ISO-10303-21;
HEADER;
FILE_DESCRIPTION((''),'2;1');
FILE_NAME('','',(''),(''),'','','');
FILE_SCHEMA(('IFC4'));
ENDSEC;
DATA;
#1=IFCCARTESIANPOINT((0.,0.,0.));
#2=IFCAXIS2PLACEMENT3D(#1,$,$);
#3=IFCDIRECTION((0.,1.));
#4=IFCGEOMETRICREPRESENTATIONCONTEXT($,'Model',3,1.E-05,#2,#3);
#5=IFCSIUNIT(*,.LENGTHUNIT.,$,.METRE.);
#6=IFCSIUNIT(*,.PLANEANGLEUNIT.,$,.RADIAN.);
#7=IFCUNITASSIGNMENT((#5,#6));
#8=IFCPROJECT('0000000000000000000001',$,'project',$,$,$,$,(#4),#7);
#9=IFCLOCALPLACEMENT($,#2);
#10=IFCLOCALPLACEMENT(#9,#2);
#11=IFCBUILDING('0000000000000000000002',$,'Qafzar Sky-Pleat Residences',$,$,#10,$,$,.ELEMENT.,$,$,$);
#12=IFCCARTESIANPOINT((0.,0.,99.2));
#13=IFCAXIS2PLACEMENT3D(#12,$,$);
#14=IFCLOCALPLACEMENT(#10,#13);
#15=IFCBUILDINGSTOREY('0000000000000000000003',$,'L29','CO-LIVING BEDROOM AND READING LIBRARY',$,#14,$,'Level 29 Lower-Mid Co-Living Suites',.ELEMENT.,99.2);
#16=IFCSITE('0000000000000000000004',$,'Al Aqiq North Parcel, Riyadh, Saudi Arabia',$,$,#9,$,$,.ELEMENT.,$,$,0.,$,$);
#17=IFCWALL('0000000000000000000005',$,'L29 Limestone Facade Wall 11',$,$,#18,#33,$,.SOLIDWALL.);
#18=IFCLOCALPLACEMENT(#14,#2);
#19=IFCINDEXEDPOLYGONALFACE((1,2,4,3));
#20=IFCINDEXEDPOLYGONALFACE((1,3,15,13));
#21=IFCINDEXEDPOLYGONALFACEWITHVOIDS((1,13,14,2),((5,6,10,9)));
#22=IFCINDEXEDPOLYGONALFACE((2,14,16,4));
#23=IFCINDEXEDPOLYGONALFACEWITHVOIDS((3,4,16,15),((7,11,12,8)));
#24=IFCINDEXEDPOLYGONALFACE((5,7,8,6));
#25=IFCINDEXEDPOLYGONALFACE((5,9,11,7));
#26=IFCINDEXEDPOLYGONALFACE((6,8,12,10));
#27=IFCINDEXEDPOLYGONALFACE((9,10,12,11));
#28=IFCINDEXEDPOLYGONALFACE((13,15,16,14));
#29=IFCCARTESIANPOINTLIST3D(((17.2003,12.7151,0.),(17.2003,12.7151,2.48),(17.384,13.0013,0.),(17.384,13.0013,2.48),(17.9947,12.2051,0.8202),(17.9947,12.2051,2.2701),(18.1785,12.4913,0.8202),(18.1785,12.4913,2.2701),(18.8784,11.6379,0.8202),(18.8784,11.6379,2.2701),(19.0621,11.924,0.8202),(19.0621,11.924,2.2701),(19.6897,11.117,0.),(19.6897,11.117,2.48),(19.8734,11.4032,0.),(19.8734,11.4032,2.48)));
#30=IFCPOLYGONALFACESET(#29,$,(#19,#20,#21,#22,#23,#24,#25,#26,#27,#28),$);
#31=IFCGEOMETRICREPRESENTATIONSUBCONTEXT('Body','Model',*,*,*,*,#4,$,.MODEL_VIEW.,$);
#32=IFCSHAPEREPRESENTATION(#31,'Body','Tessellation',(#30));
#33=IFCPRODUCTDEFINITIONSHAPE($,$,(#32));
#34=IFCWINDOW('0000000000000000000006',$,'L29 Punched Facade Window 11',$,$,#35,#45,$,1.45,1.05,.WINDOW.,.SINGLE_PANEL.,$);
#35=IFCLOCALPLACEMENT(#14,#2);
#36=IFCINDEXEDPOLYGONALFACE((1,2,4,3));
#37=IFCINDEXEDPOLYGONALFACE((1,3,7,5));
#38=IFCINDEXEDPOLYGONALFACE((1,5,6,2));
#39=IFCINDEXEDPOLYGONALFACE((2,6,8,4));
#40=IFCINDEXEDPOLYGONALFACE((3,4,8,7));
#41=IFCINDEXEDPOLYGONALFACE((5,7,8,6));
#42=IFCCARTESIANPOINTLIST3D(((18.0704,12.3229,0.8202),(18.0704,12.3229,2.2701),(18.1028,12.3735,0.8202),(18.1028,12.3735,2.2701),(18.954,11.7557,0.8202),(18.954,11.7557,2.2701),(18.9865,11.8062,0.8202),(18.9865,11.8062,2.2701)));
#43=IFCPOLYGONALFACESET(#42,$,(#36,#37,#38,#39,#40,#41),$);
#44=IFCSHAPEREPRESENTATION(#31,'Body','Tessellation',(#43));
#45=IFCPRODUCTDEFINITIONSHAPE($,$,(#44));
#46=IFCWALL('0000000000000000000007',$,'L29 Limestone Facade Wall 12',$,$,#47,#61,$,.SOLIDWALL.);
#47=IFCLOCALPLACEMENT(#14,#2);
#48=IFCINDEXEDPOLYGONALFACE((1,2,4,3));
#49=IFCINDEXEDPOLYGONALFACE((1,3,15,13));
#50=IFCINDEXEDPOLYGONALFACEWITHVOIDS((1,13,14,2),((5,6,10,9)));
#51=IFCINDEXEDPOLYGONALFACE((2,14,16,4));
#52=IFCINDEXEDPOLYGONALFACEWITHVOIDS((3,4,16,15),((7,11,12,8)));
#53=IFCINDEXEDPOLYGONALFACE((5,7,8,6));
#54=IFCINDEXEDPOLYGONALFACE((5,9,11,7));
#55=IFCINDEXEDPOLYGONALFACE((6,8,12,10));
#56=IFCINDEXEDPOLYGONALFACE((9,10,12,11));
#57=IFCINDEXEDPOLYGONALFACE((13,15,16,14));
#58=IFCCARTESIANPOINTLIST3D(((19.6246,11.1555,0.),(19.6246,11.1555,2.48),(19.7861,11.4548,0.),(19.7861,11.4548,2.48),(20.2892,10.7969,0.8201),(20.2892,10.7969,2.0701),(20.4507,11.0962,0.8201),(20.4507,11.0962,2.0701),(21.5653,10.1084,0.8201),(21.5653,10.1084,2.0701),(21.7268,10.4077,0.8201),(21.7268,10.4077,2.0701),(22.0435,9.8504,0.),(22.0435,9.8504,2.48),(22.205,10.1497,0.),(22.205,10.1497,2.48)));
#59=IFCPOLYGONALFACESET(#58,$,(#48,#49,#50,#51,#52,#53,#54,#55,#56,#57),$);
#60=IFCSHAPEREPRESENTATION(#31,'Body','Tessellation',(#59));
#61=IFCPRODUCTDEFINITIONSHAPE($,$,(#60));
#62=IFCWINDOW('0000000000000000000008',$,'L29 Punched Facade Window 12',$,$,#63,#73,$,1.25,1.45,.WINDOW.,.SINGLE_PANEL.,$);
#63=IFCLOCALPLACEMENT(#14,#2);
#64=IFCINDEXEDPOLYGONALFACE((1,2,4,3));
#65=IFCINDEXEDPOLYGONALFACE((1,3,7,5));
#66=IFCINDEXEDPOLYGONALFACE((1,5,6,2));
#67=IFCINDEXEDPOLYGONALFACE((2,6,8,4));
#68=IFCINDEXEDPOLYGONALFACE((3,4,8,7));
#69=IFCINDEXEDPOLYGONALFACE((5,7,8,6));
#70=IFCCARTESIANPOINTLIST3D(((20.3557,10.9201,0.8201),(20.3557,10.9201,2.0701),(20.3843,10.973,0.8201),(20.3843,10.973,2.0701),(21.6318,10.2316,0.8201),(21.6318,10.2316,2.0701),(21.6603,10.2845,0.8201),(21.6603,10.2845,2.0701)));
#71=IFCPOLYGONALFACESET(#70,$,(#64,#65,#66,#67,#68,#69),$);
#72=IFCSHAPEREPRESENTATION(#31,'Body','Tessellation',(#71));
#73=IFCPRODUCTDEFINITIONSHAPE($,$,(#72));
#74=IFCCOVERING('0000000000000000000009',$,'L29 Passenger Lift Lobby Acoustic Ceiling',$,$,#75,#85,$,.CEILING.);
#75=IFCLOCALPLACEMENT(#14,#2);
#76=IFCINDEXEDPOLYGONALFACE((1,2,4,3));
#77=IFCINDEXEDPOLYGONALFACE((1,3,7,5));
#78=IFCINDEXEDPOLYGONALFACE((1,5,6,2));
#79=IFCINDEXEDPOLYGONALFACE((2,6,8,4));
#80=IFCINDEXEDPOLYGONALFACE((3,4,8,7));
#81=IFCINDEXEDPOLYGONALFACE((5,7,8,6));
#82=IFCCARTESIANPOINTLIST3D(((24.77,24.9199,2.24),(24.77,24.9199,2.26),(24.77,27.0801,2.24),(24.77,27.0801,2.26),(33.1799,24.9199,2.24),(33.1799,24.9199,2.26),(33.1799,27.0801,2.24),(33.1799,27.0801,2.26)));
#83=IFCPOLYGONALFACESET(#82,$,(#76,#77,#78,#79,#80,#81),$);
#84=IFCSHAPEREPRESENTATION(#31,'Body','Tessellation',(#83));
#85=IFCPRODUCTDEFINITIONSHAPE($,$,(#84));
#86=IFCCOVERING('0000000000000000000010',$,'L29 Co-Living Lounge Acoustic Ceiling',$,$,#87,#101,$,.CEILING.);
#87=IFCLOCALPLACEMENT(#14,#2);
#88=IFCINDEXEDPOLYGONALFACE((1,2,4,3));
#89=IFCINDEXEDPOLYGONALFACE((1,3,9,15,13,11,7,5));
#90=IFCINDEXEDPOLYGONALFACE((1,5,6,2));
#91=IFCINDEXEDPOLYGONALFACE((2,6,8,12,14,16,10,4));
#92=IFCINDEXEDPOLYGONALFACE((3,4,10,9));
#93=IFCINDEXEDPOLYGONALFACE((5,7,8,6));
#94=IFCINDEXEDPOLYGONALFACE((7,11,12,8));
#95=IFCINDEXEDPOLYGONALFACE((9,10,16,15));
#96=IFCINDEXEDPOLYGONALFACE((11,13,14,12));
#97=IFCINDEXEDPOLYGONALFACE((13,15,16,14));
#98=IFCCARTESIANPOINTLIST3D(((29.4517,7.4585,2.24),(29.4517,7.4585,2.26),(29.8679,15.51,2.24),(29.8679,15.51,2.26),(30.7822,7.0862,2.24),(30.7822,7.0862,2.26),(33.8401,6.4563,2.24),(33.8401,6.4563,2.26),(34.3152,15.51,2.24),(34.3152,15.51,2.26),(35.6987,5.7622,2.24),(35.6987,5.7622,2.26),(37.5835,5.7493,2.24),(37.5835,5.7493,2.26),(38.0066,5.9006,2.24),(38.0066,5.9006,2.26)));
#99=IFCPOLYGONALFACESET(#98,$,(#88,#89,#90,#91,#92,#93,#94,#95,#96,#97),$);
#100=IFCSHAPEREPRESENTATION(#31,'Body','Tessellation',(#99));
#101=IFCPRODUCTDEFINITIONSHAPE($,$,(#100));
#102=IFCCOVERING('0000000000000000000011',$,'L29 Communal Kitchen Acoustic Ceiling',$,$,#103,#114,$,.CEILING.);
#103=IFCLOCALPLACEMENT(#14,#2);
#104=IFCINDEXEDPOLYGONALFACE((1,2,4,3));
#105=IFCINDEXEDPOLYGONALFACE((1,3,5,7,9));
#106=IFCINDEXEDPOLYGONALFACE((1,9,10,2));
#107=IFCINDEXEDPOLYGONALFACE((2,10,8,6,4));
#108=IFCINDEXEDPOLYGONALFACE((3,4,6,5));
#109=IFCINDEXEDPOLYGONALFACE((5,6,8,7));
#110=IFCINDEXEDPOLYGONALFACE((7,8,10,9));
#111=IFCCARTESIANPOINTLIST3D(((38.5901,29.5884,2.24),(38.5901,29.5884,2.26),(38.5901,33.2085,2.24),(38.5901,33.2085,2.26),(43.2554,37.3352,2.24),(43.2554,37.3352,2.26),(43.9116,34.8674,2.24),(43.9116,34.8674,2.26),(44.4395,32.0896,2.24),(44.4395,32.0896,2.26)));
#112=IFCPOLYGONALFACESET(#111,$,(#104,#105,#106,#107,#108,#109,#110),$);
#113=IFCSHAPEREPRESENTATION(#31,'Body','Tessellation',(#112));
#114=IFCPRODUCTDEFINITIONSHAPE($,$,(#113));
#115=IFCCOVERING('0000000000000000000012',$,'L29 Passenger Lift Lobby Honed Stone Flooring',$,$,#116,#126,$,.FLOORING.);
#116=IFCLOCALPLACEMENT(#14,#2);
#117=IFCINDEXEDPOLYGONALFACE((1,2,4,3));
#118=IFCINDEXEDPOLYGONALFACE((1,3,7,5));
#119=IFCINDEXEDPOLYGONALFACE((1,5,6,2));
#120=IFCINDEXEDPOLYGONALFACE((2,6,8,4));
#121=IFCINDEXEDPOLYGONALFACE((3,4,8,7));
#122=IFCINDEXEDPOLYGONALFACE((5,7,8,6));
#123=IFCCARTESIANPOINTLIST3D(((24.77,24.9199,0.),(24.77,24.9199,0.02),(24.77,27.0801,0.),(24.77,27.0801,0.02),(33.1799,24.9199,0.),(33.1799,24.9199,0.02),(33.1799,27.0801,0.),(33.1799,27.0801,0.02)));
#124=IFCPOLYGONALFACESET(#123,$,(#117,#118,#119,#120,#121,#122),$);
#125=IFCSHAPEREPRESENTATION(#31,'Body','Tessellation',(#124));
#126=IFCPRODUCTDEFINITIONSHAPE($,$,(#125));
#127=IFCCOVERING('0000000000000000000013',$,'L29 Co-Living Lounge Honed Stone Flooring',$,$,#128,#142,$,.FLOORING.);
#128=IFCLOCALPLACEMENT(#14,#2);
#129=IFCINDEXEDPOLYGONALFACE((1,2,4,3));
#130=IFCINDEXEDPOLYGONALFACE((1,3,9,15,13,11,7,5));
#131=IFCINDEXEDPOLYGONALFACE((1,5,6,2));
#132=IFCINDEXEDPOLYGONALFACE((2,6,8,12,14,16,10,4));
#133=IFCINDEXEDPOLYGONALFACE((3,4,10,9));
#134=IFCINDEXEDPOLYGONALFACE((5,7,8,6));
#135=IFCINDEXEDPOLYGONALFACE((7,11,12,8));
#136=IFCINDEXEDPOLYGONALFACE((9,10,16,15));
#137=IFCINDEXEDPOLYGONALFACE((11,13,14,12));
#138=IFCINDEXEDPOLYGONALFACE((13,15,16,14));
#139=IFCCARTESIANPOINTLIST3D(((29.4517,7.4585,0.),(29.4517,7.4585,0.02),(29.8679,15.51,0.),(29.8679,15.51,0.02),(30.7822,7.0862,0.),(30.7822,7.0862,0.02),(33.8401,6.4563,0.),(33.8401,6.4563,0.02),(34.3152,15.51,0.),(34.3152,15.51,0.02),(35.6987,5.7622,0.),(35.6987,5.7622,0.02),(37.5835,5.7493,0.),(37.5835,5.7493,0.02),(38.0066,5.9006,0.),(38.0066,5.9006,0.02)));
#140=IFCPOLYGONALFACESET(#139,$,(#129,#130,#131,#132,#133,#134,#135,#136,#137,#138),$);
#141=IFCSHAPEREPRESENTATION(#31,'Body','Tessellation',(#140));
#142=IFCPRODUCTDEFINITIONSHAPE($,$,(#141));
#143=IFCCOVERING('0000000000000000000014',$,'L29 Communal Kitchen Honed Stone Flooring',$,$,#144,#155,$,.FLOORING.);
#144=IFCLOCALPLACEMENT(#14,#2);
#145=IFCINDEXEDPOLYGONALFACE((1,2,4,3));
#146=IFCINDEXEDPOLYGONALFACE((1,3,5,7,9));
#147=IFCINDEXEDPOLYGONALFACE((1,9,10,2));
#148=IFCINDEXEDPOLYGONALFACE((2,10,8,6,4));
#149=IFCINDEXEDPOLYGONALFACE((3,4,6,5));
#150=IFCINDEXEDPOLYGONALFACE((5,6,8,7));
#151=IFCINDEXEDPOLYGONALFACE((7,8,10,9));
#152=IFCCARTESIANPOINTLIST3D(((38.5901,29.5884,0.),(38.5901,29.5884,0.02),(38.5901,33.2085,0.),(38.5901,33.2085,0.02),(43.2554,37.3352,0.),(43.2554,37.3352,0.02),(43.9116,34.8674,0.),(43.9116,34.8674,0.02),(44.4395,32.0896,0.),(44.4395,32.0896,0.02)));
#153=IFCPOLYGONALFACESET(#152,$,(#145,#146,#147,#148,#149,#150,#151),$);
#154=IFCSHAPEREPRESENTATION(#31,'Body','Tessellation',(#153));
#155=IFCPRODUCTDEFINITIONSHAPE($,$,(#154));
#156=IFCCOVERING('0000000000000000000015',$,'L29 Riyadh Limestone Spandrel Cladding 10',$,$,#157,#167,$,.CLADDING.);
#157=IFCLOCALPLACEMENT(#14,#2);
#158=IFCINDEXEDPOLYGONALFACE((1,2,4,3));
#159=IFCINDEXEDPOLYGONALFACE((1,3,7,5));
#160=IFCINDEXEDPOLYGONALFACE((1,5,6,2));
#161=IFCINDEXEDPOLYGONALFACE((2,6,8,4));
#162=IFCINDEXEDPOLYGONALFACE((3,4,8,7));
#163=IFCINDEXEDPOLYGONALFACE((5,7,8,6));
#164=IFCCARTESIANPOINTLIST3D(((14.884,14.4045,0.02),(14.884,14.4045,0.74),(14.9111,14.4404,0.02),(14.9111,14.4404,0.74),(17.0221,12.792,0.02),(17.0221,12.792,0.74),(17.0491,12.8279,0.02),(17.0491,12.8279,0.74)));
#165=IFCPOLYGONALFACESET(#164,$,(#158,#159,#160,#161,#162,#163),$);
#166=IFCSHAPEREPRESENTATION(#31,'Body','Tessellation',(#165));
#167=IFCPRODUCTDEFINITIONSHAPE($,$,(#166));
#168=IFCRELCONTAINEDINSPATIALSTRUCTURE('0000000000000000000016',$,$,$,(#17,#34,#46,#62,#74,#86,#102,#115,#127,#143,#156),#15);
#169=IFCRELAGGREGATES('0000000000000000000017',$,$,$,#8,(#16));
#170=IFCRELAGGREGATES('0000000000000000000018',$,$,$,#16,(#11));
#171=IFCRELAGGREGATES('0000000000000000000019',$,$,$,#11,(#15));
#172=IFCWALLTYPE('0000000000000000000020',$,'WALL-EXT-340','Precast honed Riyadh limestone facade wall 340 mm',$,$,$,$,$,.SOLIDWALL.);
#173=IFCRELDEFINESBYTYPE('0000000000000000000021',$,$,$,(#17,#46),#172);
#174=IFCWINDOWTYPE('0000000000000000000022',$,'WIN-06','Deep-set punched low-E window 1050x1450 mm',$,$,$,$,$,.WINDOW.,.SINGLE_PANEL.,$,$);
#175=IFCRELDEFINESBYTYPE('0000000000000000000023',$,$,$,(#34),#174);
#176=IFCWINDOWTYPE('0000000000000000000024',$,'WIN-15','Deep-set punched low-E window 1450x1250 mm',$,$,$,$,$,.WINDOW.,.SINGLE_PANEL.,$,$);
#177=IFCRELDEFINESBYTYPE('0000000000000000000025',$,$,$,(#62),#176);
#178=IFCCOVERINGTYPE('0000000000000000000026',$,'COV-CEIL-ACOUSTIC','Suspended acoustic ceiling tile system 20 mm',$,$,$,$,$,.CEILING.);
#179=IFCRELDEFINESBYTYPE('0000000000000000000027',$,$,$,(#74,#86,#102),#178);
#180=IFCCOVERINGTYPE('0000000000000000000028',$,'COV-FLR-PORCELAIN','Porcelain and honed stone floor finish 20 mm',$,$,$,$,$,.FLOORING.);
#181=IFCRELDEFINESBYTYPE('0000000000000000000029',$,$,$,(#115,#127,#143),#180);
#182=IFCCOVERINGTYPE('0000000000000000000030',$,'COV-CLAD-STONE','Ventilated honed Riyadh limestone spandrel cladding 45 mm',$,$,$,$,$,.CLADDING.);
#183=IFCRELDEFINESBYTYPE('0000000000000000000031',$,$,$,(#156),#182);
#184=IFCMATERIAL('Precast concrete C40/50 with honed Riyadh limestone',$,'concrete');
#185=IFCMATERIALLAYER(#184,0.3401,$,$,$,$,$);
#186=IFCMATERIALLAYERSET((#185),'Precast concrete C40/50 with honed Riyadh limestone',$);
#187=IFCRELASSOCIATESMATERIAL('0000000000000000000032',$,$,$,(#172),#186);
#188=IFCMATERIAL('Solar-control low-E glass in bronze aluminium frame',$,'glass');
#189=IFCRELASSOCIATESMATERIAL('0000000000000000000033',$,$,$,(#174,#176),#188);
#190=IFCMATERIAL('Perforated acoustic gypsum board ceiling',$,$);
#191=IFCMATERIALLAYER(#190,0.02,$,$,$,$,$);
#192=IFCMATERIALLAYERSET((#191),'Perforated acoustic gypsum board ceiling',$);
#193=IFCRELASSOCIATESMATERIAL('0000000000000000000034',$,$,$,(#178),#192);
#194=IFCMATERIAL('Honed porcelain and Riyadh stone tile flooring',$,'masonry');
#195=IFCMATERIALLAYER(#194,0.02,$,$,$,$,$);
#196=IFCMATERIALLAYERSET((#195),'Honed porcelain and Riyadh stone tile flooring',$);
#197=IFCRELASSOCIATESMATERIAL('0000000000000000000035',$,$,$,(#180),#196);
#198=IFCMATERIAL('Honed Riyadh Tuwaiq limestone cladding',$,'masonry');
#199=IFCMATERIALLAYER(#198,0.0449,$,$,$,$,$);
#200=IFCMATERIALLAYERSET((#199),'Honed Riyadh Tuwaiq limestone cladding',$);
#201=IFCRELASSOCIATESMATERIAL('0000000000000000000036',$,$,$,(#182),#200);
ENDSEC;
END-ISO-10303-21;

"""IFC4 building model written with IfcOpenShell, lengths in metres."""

from ifc_helpers import new_model, si_unit, direction, frame, frame_2d, origin, origin_2d, place, context, subcontext, project, spatial, polyline, rectangle, outline, extrude, source, transform, mapped, material, layer, layer_set, type_object, element, fill, save


model = new_model("IFC4")

# Units and contexts
model_context = context("Model", 3, precision=1e-05, world=origin(), true_north=direction((0.0, 1.0)))
body_context = subcontext(model_context, "Body", "Model", "MODEL_VIEW")
ifc_project = project(units=[si_unit("LENGTHUNIT", "METRE"), si_unit("PLANEANGLEUNIT", "RADIAN")], contexts=[model_context])

# Site, building, storey
site_placement = place(None, origin())
site = spatial("IfcSite", under=ifc_project, at=site_placement, Name="Al Aqiq North Parcel, Riyadh, Saudi Arabia", CompositionType="ELEMENT", RefElevation=0.0)
building_placement = place(site_placement, origin())
building = spatial("IfcBuilding", under=site, at=building_placement, Name="Qafzar Sky-Pleat Residences", CompositionType="ELEMENT")
storey_placement = place(building_placement, frame((0.0, 0.0, 99.2)))
storey = spatial("IfcBuildingStorey", under=building, at=storey_placement, Name="L29", Description="CO-LIVING BEDROOM AND READING LIBRARY", LongName="Level 29 Lower-Mid Co-Living Suites", CompositionType="ELEMENT", Elevation=99.2)

# Walls, openings, windows
ifc_material_1 = material(Name="Precast concrete C40/50 with honed Riyadh limestone", Category="concrete")
ifc_layer_1 = layer(ifc_material_1, 0.3401)
ifc_layer_set_1 = layer_set([ifc_layer_1], Name="Precast concrete C40/50 with honed Riyadh limestone")
wall_type = type_object("IfcWallType", Name="WALL-EXT-340", Description="Precast honed Riyadh limestone facade wall 340 mm", PredefinedType="SOLIDWALL", material=ifc_layer_set_1)
wall_1_placement = place(storey_placement, frame((17.2922, 12.8582, 0.0), z_axis=(0.0, 0.0, 1.0), x_axis=(0.841524, -0.540219, 0.0)))
wall_1 = element("IfcWall", 1, at=wall_1_placement, inside=storey, type_object=wall_type, Name="L29 Limestone Facade Wall 11", PredefinedType="SOLIDWALL", context=body_context, shape_type="SweptSolid", body=[
    extrude(rectangle(XDim=2.9583, YDim=0.3401, at=frame_2d((1.479, 0.0))), origin(), (0.0, 0.0, 1.0), 2.48),
])
opening_1_placement = place(wall_1_placement, frame((0.9441, 0.0, 0.8201)))
opening_1 = element("IfcOpeningElement", 2, at=opening_1_placement, cuts=wall_1, PredefinedType="OPENING", context=body_context, shape_type="SweptSolid", body=[
    extrude(rectangle(XDim=1.05, YDim=1.45, at=frame_2d((0.5249, 0.7251))), frame((0.0, 0.1802, 0.0), z_axis=(0.0, -1.0, 0.0), x_axis=(1.0, 0.0, 0.0)), (0.0, 0.0, 1.0), 0.3601),
])
ifc_material_2 = material(Name="Solar-control low-E glass in bronze aluminium frame", Category="glass")
window_type_1 = type_object("IfcWindowType", Name="WIN-06", Description="Deep-set punched low-E window 1050x1450 mm", PartitioningType="SINGLE_PANEL", PredefinedType="WINDOW", material=ifc_material_2)
shared_shape_1 = source(origin(), body_context, "Body", "SweptSolid", [
    extrude(rectangle(XDim=1.05, YDim=1.45, at=frame_2d((0.5249, 0.7251))), frame((0.0, 0.03, 0.0), z_axis=(0.0, -1.0, 0.0), x_axis=(1.0, 0.0, 0.0)), (0.0, 0.0, 1.0), 0.0601),
])
window_1_placement = place(opening_1_placement, origin())
window_1 = element("IfcWindow", 3, at=window_1_placement, inside=storey, type_object=window_type_1, Name="L29 Punched Facade Window 11", OverallHeight=1.45, OverallWidth=1.05, PartitioningType="SINGLE_PANEL", PredefinedType="WINDOW", context=body_context, shape_type="MappedRepresentation", body=[
    mapped(shared_shape_1, transform((0.0, 0.0, 0.0), x_axis=(1.0, 0.0, 0.0), y_axis=(0.0, 1.0, 0.0), z_axis=(0.0, 0.0, 1.0), scale=1.0)),
])
fill(opening_1, window_1)
wall_2_placement = place(storey_placement, frame((19.7053, 11.3052, 0.0), z_axis=(0.0, 0.0, 1.0), x_axis=(0.880066, -0.474852, 0.0)))
wall_2 = element("IfcWall", 4, at=wall_2_placement, inside=storey, type_object=wall_type, Name="L29 Limestone Facade Wall 12", PredefinedType="SOLIDWALL", context=body_context, shape_type="SweptSolid", body=[
    extrude(rectangle(XDim=2.7485, YDim=0.3401, at=frame_2d((1.3743, 0.0))), origin(), (0.0, 0.0, 1.0), 2.48),
])
opening_2_placement = place(wall_2_placement, frame((0.7551, 0.0, 0.8201)))
opening_2 = element("IfcOpeningElement", 5, at=opening_2_placement, cuts=wall_2, PredefinedType="OPENING", context=body_context, shape_type="SweptSolid", body=[
    extrude(rectangle(XDim=1.45, YDim=1.25, at=frame_2d((0.7251, 0.625))), frame((0.0, 0.1802, 0.0), z_axis=(0.0, -1.0, 0.0), x_axis=(1.0, 0.0, 0.0)), (0.0, 0.0, 1.0), 0.3601),
])
window_type_2 = type_object("IfcWindowType", Name="WIN-15", Description="Deep-set punched low-E window 1450x1250 mm", PartitioningType="SINGLE_PANEL", PredefinedType="WINDOW", material=ifc_material_2)
shared_shape_2 = source(origin(), body_context, "Body", "SweptSolid", [
    extrude(rectangle(XDim=1.45, YDim=1.25, at=frame_2d((0.7251, 0.625))), frame((0.0, 0.03, 0.0), z_axis=(0.0, -1.0, 0.0), x_axis=(1.0, 0.0, 0.0)), (0.0, 0.0, 1.0), 0.0601),
])
window_2_placement = place(opening_2_placement, origin())
window_2 = element("IfcWindow", 6, at=window_2_placement, inside=storey, type_object=window_type_2, Name="L29 Punched Facade Window 12", OverallHeight=1.25, OverallWidth=1.45, PartitioningType="SINGLE_PANEL", PredefinedType="WINDOW", context=body_context, shape_type="MappedRepresentation", body=[
    mapped(shared_shape_2, transform((0.0, 0.0, 0.0), x_axis=(1.0, 0.0, 0.0), y_axis=(0.0, 1.0, 0.0), z_axis=(0.0, 0.0, 1.0), scale=1.0)),
])
fill(opening_2, window_2)

# Coverings
ifc_material_3 = material(Name="Perforated acoustic gypsum board ceiling")
ifc_layer_2 = layer(ifc_material_3, 0.02)
ifc_layer_set_2 = layer_set([ifc_layer_2], Name="Perforated acoustic gypsum board ceiling")
covering_type_1 = type_object("IfcCoveringType", Name="COV-CEIL-ACOUSTIC", Description="Suspended acoustic ceiling tile system 20 mm", PredefinedType="CEILING", material=ifc_layer_set_2)
covering_1_placement = place(storey_placement, frame((0.0, 0.0, 2.24)))
element("IfcCovering", 7, at=covering_1_placement, inside=storey, type_object=covering_type_1, Name="L29 Passenger Lift Lobby Acoustic Ceiling", PredefinedType="CEILING", context=body_context, shape_type="SweptSolid", body=[
    extrude(outline(polyline([(33.1799, 24.9199), (24.77, 24.9199), (24.77, 27.0801), (33.1799, 27.0801), (33.1799, 24.9199)])), origin(), (0.0, 0.0, 1.0), 0.02),
])
covering_2_placement = place(storey_placement, frame((0.0, 0.0, 2.24)))
element("IfcCovering", 8, at=covering_2_placement, inside=storey, type_object=covering_type_1, Name="L29 Co-Living Lounge Acoustic Ceiling", PredefinedType="CEILING", context=body_context, shape_type="SweptSolid", body=[
    extrude(outline(polyline([(37.5835, 5.7493), (35.6987, 5.7622), (33.8401, 6.4563), (30.7822, 7.0862), (29.4517, 7.4585), (29.8679, 15.51), (34.3152, 15.51), (38.0066, 5.9006), (37.5835, 5.7493)])), origin(), (0.0, 0.0, 1.0), 0.02),
])
covering_3_placement = place(storey_placement, frame((0.0, 0.0, 2.24)))
element("IfcCovering", 9, at=covering_3_placement, inside=storey, type_object=covering_type_1, Name="L29 Communal Kitchen Acoustic Ceiling", PredefinedType="CEILING", context=body_context, shape_type="SweptSolid", body=[
    extrude(outline(polyline([(43.9116, 34.8674), (44.4395, 32.0896), (38.5901, 29.5884), (38.5901, 33.2085), (43.2554, 37.3352), (43.9116, 34.8674)])), origin(), (0.0, 0.0, 1.0), 0.02),
])
ifc_material_4 = material(Name="Honed porcelain and Riyadh stone tile flooring", Category="masonry")
ifc_layer_3 = layer(ifc_material_4, 0.02)
ifc_layer_set_3 = layer_set([ifc_layer_3], Name="Honed porcelain and Riyadh stone tile flooring")
covering_type_2 = type_object("IfcCoveringType", Name="COV-FLR-PORCELAIN", Description="Porcelain and honed stone floor finish 20 mm", PredefinedType="FLOORING", material=ifc_layer_set_3)
covering_4_placement = place(storey_placement, origin())
element("IfcCovering", 10, at=covering_4_placement, inside=storey, type_object=covering_type_2, Name="L29 Passenger Lift Lobby Honed Stone Flooring", PredefinedType="FLOORING", context=body_context, shape_type="SweptSolid", body=[
    extrude(outline(polyline([(33.1799, 24.9199), (24.77, 24.9199), (24.77, 27.0801), (33.1799, 27.0801), (33.1799, 24.9199)])), origin(), (0.0, 0.0, 1.0), 0.02),
])
covering_5_placement = place(storey_placement, origin())
element("IfcCovering", 11, at=covering_5_placement, inside=storey, type_object=covering_type_2, Name="L29 Co-Living Lounge Honed Stone Flooring", PredefinedType="FLOORING", context=body_context, shape_type="SweptSolid", body=[
    extrude(outline(polyline([(37.5835, 5.7493), (35.6987, 5.7622), (33.8401, 6.4563), (30.7822, 7.0862), (29.4517, 7.4585), (29.8679, 15.51), (34.3152, 15.51), (38.0066, 5.9006), (37.5835, 5.7493)])), origin(), (0.0, 0.0, 1.0), 0.02),
])
covering_6_placement = place(storey_placement, origin())
element("IfcCovering", 12, at=covering_6_placement, inside=storey, type_object=covering_type_2, Name="L29 Communal Kitchen Honed Stone Flooring", PredefinedType="FLOORING", context=body_context, shape_type="SweptSolid", body=[
    extrude(outline(polyline([(43.9116, 34.8674), (44.4395, 32.0896), (38.5901, 29.5884), (38.5901, 33.2085), (43.2554, 37.3352), (43.9116, 34.8674)])), origin(), (0.0, 0.0, 1.0), 0.02),
])
ifc_material_5 = material(Name="Honed Riyadh Tuwaiq limestone cladding", Category="masonry")
ifc_layer_4 = layer(ifc_material_5, 0.0449)
ifc_layer_set_4 = layer_set([ifc_layer_4], Name="Honed Riyadh Tuwaiq limestone cladding")
covering_type_3 = type_object("IfcCoveringType", Name="COV-CLAD-STONE", Description="Ventilated honed Riyadh limestone spandrel cladding 45 mm", PredefinedType="CLADDING", material=ifc_layer_set_4)
shared_shape_3 = source(origin(), body_context, "Body", "SweptSolid", [
    extrude(rectangle(XDim=2.678, YDim=0.0449, at=origin_2d()), origin(), (0.0, 0.0, 1.0), 0.72),
])
covering_7_placement = place(storey_placement, frame((15.9666, 13.6162, 0.02), z_axis=(0.0, 0.0, 1.0), x_axis=(0.798384, -0.602149, 0.0)))
element("IfcCovering", 13, at=covering_7_placement, inside=storey, type_object=covering_type_3, Name="L29 Riyadh Limestone Spandrel Cladding 10", PredefinedType="CLADDING", context=body_context, shape_type="MappedRepresentation", body=[
    mapped(shared_shape_3, transform((0.0, 0.0, 0.0), x_axis=(1.0, 0.0, 0.0), y_axis=(0.0, 1.0, 0.0), z_axis=(0.0, 0.0, 1.0), scale=1.0)),
])

save(model, "model.ifc")
